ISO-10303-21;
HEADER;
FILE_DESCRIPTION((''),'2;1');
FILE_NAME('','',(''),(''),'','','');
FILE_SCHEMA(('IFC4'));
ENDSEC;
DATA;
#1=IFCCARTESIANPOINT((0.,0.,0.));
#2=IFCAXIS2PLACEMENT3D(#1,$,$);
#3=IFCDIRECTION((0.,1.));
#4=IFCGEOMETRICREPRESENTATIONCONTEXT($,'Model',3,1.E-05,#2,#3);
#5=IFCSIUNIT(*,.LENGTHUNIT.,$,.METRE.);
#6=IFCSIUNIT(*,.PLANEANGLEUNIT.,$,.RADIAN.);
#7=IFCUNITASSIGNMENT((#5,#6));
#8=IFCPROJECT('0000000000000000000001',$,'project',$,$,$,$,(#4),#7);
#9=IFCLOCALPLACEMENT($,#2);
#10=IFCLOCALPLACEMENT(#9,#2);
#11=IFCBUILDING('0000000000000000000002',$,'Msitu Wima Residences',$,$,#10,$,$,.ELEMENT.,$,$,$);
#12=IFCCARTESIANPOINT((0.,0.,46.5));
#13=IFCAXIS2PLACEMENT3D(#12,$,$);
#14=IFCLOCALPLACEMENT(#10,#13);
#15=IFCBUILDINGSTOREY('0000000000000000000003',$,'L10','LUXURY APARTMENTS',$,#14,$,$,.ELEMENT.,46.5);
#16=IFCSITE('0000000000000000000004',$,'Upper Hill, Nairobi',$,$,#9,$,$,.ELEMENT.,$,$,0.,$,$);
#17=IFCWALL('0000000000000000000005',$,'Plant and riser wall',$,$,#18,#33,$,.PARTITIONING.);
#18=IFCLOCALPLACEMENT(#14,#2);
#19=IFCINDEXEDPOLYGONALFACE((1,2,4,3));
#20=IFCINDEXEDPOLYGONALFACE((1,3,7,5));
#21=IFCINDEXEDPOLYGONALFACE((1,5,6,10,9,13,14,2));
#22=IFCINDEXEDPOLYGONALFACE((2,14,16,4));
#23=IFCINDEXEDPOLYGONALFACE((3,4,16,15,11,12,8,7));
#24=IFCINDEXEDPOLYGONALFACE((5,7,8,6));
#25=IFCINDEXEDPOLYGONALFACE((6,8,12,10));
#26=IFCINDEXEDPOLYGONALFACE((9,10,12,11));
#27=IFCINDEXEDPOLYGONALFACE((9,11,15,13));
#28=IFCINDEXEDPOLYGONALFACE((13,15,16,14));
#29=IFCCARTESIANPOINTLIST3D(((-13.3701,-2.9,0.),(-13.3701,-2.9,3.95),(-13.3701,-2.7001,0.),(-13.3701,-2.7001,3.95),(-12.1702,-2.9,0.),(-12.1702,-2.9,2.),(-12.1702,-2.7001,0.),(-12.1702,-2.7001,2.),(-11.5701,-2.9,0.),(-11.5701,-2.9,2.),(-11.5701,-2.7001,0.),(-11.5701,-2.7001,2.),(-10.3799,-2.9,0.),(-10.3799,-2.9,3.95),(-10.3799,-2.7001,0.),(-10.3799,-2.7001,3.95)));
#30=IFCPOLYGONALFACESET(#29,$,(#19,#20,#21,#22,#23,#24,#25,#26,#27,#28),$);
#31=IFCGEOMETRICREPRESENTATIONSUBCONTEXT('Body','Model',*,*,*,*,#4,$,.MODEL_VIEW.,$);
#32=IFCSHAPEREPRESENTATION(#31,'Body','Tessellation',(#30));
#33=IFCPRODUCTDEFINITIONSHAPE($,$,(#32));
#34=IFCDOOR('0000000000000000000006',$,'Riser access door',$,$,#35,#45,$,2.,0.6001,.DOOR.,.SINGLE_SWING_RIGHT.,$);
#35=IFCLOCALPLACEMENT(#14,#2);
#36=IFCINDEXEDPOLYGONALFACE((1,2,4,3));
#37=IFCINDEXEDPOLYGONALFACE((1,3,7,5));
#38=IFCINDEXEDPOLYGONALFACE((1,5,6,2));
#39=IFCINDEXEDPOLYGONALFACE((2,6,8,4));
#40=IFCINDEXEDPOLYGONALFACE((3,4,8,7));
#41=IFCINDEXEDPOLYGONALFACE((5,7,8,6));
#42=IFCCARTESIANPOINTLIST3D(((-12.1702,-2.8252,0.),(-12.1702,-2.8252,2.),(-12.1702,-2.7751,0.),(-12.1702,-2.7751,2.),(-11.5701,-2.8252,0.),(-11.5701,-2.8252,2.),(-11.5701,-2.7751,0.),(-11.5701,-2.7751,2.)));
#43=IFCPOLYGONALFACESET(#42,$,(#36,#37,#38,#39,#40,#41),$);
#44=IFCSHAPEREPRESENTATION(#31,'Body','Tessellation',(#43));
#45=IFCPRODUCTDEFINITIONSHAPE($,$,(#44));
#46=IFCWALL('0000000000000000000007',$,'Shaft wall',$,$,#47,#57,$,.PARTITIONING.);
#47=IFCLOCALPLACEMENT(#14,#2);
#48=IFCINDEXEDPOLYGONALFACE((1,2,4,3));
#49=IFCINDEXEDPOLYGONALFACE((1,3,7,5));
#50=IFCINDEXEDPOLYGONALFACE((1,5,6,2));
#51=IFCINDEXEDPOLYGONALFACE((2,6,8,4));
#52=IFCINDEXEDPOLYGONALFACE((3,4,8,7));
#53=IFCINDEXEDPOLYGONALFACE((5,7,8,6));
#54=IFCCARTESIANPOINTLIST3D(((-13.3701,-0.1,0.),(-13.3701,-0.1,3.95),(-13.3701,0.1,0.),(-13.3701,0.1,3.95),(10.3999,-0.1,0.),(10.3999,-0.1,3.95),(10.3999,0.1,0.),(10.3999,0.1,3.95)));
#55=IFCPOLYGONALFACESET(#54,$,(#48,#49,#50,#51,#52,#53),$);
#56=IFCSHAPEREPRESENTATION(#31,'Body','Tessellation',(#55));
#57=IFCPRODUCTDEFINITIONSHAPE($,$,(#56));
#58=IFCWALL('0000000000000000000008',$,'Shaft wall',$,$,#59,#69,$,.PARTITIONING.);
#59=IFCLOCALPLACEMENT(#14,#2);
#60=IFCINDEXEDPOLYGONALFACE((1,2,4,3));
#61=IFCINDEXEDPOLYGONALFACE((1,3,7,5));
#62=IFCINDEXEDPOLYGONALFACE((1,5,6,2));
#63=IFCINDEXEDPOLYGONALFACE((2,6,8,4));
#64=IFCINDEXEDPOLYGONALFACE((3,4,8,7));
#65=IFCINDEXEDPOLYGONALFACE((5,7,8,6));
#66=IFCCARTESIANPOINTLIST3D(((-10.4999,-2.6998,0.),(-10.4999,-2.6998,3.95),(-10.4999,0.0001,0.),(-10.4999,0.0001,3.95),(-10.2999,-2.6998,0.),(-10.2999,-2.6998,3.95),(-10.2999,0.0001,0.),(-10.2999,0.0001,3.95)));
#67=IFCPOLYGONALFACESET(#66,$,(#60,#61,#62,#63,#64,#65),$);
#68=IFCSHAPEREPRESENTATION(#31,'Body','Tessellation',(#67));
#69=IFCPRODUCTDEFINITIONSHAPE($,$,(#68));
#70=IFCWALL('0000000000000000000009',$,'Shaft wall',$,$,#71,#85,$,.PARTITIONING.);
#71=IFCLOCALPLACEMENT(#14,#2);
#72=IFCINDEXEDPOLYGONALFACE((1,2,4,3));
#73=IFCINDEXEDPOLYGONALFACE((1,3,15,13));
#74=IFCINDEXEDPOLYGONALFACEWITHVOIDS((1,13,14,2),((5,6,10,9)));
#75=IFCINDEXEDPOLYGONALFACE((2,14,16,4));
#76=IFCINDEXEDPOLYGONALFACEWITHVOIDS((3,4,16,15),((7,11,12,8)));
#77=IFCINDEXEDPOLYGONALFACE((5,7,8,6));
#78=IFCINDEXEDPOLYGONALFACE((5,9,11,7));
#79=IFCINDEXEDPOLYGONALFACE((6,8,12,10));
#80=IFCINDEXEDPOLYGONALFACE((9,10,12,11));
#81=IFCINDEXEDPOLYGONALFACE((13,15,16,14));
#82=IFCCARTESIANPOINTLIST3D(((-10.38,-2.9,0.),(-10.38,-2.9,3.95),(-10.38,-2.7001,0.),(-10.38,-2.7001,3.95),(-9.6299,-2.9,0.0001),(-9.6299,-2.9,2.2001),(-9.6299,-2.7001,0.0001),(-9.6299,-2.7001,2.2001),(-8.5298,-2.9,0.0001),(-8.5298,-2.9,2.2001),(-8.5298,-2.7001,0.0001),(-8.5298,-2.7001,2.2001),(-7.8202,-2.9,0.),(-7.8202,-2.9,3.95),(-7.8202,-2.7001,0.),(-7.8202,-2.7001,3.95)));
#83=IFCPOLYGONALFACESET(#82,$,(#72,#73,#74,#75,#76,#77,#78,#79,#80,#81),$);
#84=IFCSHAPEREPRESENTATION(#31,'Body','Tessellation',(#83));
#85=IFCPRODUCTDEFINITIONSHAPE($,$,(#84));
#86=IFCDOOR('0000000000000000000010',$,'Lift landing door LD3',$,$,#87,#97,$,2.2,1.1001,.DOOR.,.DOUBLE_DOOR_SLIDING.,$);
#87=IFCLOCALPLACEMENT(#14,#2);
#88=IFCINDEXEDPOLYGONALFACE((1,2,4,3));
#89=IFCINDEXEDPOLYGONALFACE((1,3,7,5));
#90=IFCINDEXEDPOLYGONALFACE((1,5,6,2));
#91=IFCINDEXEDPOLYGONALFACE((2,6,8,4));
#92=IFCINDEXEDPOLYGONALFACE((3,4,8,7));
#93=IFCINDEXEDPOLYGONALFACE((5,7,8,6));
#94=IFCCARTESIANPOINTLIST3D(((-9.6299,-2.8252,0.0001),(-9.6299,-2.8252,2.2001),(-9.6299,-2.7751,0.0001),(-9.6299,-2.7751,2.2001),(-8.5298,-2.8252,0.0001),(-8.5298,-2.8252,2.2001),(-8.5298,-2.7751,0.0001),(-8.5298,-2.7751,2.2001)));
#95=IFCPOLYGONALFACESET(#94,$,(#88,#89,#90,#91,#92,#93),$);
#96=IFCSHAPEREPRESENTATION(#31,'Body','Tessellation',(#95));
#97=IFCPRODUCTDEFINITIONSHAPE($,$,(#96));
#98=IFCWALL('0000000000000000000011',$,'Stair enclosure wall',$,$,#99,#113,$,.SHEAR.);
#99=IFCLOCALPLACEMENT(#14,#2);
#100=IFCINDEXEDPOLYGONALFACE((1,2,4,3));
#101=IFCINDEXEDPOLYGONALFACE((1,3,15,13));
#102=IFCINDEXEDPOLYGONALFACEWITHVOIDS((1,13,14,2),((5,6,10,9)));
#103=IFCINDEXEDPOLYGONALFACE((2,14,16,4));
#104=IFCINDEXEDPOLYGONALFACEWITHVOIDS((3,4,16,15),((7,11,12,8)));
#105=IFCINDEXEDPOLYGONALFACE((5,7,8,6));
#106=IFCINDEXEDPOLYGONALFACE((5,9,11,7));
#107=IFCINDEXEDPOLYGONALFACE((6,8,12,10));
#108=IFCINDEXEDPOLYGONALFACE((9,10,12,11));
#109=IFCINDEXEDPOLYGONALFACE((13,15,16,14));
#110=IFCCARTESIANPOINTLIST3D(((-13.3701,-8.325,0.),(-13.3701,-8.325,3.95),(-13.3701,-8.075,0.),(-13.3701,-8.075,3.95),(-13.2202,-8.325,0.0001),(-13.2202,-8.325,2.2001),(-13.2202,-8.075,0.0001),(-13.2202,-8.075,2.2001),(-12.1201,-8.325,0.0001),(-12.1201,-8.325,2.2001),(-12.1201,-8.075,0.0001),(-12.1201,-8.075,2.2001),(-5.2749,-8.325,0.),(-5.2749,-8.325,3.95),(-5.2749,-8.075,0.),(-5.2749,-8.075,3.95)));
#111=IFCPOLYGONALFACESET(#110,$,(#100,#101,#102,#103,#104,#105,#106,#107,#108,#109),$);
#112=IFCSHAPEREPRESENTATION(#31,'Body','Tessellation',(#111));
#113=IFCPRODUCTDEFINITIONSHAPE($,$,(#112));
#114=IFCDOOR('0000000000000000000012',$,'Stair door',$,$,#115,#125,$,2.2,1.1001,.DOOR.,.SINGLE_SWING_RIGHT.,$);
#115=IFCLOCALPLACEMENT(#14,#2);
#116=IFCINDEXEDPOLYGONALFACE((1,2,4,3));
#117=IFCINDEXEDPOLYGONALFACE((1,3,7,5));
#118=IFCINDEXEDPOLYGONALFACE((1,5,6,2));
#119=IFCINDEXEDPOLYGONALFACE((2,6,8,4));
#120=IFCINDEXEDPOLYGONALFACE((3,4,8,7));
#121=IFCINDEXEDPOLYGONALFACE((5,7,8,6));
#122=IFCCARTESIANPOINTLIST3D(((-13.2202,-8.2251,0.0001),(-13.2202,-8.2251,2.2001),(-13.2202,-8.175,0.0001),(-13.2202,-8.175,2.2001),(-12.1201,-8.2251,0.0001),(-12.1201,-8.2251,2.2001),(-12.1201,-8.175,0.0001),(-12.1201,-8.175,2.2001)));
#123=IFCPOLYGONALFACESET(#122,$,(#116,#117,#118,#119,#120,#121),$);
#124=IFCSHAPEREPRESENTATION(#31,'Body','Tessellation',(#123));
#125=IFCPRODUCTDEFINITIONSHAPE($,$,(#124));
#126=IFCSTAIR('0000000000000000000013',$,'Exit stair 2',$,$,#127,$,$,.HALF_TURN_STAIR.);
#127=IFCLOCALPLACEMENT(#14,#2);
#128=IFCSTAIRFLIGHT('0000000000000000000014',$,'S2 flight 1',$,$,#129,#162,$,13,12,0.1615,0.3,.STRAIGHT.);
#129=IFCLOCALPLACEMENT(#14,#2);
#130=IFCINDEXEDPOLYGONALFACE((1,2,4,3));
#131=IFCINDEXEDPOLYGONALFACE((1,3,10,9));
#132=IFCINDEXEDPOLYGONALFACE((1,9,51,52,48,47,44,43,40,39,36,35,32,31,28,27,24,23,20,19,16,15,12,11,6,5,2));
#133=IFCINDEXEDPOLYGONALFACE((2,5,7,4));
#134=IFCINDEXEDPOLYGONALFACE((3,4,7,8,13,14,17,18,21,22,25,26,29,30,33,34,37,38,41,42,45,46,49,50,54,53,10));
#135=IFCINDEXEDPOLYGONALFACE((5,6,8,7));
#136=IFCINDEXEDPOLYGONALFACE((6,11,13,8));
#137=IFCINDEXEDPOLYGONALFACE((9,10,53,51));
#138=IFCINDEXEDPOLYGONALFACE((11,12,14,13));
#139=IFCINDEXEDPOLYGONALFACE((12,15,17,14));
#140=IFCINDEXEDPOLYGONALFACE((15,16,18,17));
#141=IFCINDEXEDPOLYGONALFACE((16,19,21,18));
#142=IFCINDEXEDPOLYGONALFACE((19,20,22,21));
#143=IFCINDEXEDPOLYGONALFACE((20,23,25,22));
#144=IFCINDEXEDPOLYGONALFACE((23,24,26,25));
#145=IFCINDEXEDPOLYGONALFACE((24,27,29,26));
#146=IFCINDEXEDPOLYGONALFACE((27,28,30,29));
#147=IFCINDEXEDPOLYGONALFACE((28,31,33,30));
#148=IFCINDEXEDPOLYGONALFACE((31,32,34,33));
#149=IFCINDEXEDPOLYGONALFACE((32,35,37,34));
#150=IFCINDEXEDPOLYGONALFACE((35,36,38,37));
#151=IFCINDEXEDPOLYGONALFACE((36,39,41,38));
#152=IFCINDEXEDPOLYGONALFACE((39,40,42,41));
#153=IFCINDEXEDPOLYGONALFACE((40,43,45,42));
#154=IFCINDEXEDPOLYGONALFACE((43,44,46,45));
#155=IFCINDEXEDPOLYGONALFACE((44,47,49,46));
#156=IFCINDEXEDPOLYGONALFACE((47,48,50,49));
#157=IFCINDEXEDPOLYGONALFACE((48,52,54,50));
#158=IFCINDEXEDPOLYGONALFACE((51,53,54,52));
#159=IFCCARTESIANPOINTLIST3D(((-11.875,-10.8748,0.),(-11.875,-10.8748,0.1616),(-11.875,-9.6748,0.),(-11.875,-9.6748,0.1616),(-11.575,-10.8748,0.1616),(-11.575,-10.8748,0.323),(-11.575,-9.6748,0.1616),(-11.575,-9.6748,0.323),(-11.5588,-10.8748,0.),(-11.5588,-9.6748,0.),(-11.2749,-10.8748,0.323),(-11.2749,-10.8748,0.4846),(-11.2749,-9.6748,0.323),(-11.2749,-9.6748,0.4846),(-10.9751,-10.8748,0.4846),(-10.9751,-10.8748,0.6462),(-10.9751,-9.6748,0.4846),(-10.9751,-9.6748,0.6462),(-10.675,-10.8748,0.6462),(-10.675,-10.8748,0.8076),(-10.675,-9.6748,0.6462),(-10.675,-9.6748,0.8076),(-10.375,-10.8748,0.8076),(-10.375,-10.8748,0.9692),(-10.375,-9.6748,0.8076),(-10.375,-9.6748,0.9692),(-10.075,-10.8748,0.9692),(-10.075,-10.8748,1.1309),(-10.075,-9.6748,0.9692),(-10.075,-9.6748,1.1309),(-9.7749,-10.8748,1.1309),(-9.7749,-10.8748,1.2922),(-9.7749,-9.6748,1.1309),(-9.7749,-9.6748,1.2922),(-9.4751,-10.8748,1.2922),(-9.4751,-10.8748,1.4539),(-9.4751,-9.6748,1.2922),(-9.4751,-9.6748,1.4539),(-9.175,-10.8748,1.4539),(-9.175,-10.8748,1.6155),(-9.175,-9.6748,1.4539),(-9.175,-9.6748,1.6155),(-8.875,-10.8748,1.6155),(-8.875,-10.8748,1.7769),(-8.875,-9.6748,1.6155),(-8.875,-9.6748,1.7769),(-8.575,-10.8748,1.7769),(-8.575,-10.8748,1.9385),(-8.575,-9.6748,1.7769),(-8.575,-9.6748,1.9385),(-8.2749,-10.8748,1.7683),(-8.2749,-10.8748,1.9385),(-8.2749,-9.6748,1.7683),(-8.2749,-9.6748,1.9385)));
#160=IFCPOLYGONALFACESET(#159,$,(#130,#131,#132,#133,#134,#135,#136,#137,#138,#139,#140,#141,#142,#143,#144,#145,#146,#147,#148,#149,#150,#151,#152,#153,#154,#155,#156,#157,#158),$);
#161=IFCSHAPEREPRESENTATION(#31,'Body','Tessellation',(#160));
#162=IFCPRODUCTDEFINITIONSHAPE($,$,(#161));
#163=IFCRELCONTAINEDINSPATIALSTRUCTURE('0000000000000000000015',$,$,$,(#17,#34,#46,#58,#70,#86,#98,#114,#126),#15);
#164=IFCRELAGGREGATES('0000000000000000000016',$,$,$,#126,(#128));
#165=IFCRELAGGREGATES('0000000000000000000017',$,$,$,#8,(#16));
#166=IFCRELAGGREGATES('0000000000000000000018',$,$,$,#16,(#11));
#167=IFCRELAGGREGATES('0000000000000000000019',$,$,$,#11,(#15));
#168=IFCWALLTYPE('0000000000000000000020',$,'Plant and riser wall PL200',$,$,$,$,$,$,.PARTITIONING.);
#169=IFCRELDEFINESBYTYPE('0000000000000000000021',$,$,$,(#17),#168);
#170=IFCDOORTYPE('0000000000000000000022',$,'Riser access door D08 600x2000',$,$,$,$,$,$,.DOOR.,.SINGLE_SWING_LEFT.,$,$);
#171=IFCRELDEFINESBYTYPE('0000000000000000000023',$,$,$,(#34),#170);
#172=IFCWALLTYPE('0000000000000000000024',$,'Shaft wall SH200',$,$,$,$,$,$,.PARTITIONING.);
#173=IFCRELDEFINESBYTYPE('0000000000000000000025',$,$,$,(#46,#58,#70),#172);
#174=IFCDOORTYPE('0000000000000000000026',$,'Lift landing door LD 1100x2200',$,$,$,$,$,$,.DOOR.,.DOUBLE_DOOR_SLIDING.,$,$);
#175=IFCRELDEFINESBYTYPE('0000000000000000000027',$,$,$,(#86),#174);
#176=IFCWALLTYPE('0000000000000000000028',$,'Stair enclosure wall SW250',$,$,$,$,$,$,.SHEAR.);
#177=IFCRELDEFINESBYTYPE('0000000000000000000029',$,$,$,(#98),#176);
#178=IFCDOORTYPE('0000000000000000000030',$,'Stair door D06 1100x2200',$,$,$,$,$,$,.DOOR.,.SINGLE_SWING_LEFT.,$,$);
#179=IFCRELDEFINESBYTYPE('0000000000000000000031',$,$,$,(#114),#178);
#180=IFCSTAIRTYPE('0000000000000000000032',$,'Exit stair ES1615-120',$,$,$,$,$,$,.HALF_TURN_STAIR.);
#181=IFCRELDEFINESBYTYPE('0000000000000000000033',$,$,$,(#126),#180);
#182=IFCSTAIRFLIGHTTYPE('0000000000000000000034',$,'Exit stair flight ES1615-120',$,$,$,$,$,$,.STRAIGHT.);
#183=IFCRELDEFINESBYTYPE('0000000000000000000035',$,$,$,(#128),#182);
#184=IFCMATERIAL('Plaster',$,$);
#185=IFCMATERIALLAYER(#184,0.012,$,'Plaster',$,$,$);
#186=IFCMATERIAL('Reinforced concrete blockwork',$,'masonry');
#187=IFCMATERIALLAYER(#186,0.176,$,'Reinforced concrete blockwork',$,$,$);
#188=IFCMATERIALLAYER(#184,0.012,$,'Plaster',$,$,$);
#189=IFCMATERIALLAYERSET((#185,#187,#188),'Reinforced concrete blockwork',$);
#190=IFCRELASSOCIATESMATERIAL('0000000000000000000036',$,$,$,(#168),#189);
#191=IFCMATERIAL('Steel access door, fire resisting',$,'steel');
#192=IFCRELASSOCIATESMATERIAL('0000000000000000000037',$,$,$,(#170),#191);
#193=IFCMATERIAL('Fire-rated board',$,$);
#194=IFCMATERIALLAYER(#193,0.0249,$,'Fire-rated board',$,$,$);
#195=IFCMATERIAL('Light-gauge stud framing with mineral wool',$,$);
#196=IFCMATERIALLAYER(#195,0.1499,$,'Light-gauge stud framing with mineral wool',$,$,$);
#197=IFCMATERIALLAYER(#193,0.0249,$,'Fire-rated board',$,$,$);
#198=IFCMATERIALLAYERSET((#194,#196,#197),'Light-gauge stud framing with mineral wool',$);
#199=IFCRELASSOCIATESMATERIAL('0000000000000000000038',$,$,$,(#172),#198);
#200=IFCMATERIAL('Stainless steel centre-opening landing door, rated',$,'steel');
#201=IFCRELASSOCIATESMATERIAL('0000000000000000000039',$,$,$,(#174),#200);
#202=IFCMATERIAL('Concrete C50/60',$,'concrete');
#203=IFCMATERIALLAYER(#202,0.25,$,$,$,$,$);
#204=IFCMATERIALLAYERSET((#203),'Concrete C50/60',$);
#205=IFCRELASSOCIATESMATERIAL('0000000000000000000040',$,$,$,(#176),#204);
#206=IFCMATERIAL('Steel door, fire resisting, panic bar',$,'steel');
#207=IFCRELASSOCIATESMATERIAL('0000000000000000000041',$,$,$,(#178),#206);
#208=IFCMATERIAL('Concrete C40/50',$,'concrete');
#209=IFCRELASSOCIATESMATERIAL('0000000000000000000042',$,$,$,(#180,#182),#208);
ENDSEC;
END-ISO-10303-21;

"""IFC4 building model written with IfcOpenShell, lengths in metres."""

from ifc_helpers import new_model, si_unit, direction, frame, frame_2d, origin, place, context, subcontext, project, spatial, polyline, rectangle, outline, extrude, material, layer, layer_set, type_object, element, fill, aggregate, save


model = new_model("IFC4")

# Units and contexts
model_context = context("Model", 3, precision=1e-05, world=origin(), true_north=direction((0.0, 1.0)))
body_context = subcontext(model_context, "Body", "Model", "MODEL_VIEW")
ifc_project = project(units=[si_unit("LENGTHUNIT", "METRE"), si_unit("PLANEANGLEUNIT", "RADIAN")], contexts=[model_context])

# Site, building, storey
site_placement = place(None, origin())
site = spatial("IfcSite", under=ifc_project, at=site_placement, Name="Upper Hill, Nairobi", CompositionType="ELEMENT", RefElevation=0.0)
building_placement = place(site_placement, origin())
building = spatial("IfcBuilding", under=site, at=building_placement, Name="Msitu Wima Residences", CompositionType="ELEMENT")
storey_placement = place(building_placement, frame((0.0, 0.0, 46.5)))
storey = spatial("IfcBuildingStorey", under=building, at=storey_placement, Name="L10", Description="LUXURY APARTMENTS", CompositionType="ELEMENT", Elevation=46.5)

# Wall, opening, door
ifc_material_1 = material(Name="Plaster")
ifc_layer_1 = layer(ifc_material_1, 0.012, Name="Plaster")
ifc_material_2 = material(Name="Reinforced concrete blockwork", Category="masonry")
ifc_layer_2 = layer(ifc_material_2, 0.176, Name="Reinforced concrete blockwork")
ifc_layer_3 = layer(ifc_material_1, 0.012, Name="Plaster")
ifc_layer_set_1 = layer_set([ifc_layer_1, ifc_layer_2, ifc_layer_3], Name="Reinforced concrete blockwork")
wall_type_1 = type_object("IfcWallType", Name="Plant and riser wall PL200", PredefinedType="PARTITIONING", material=ifc_layer_set_1)
wall_1_placement = place(storey_placement, frame((-13.3701, -2.8, 0.0), z_axis=(0.0, 0.0, 1.0), x_axis=(1.0, 0.0, 0.0)))
wall_1 = element("IfcWall", 1, at=wall_1_placement, inside=storey, type_object=wall_type_1, Name="Plant and riser wall", PredefinedType="PARTITIONING", context=body_context, shape_type="SweptSolid", body=[
    extrude(rectangle(XDim=2.9902, YDim=0.2, at=frame_2d((1.4951, 0.0))), origin(), (0.0, 0.0, 1.0), 3.95),
])
opening_1_placement = place(wall_1_placement, frame((1.2, 0.0, 0.0)))
opening_1 = element("IfcOpeningElement", 2, at=opening_1_placement, cuts=wall_1, PredefinedType="OPENING", context=body_context, shape_type="SweptSolid", body=[
    extrude(rectangle(XDim=0.6001, YDim=2.0, at=frame_2d((0.3, 1.0))), frame((0.0, 0.1099, 0.0), z_axis=(0.0, -1.0, 0.0), x_axis=(1.0, 0.0, 0.0)), (0.0, 0.0, 1.0), 0.22),
])
ifc_material_3 = material(Name="Steel access door, fire resisting", Category="steel")
door_type_1 = type_object("IfcDoorType", Name="Riser access door D08 600x2000", OperationType="SINGLE_SWING_LEFT", PredefinedType="DOOR", material=ifc_material_3)
door_1_placement = place(opening_1_placement, origin())
door_1 = element("IfcDoor", 3, at=door_1_placement, inside=storey, type_object=door_type_1, Name="Riser access door", OperationType="SINGLE_SWING_RIGHT", OverallHeight=2.0, OverallWidth=0.6001, PredefinedType="DOOR", context=body_context, shape_type="SweptSolid", body=[
    extrude(rectangle(XDim=0.6001, YDim=2.0, at=frame_2d((0.3, 1.0))), frame((0.0, 0.0249, 0.0), z_axis=(0.0, -1.0, 0.0), x_axis=(1.0, 0.0, 0.0)), (0.0, 0.0, 1.0), 0.05),
])
fill(opening_1, door_1)

# Walls
ifc_material_4 = material(Name="Fire-rated board")
ifc_layer_4 = layer(ifc_material_4, 0.0249, Name="Fire-rated board")
ifc_material_5 = material(Name="Light-gauge stud framing with mineral wool")
ifc_layer_5 = layer(ifc_material_5, 0.1499, Name="Light-gauge stud framing with mineral wool")
ifc_layer_6 = layer(ifc_material_4, 0.0249, Name="Fire-rated board")
ifc_layer_set_2 = layer_set([ifc_layer_4, ifc_layer_5, ifc_layer_6], Name="Light-gauge stud framing with mineral wool")
wall_type_2 = type_object("IfcWallType", Name="Shaft wall SH200", PredefinedType="PARTITIONING", material=ifc_layer_set_2)
wall_2_placement = place(storey_placement, frame((-13.3701, 0.0, 0.0), z_axis=(0.0, 0.0, 1.0), x_axis=(1.0, 0.0, 0.0)))
element("IfcWall", 4, at=wall_2_placement, inside=storey, type_object=wall_type_2, Name="Shaft wall", PredefinedType="PARTITIONING", context=body_context, shape_type="SweptSolid", body=[
    extrude(rectangle(XDim=23.77, YDim=0.2, at=frame_2d((11.885, 0.0))), origin(), (0.0, 0.0, 1.0), 3.95),
])
wall_3_placement = place(storey_placement, frame((-10.3999, -2.7, 0.0), z_axis=(0.0, 0.0, 1.0), x_axis=(0.0, 1.0, 0.0)))
element("IfcWall", 5, at=wall_3_placement, inside=storey, type_object=wall_type_2, Name="Shaft wall", PredefinedType="PARTITIONING", context=body_context, shape_type="SweptSolid", body=[
    extrude(rectangle(XDim=2.7, YDim=0.2, at=frame_2d((1.3501, 0.0))), origin(), (0.0, 0.0, 1.0), 3.95),
])

# Walls, openings, doors
wall_4_placement = place(storey_placement, frame((-10.3799, -2.8, 0.0), z_axis=(0.0, 0.0, 1.0), x_axis=(1.0, 0.0, 0.0)))
wall_4 = element("IfcWall", 6, at=wall_4_placement, inside=storey, type_object=wall_type_2, Name="Shaft wall", PredefinedType="PARTITIONING", context=body_context, shape_type="SweptSolid", body=[
    extrude(rectangle(XDim=2.5598, YDim=0.2, at=frame_2d((1.2798, 0.0))), origin(), (0.0, 0.0, 1.0), 3.95),
])
opening_2_placement = place(wall_4_placement, frame((0.75, 0.0, 0.0)))
opening_2 = element("IfcOpeningElement", 7, at=opening_2_placement, cuts=wall_4, PredefinedType="OPENING", context=body_context, shape_type="SweptSolid", body=[
    extrude(rectangle(XDim=1.1001, YDim=2.2, at=frame_2d((0.55, 1.1001))), frame((0.0, 0.1099, 0.0), z_axis=(0.0, -1.0, 0.0), x_axis=(1.0, 0.0, 0.0)), (0.0, 0.0, 1.0), 0.22),
])
ifc_material_6 = material(Name="Stainless steel centre-opening landing door, rated", Category="steel")
door_type_2 = type_object("IfcDoorType", Name="Lift landing door LD 1100x2200", OperationType="DOUBLE_DOOR_SLIDING", PredefinedType="DOOR", material=ifc_material_6)
door_2_placement = place(opening_2_placement, origin())
door_2 = element("IfcDoor", 8, at=door_2_placement, inside=storey, type_object=door_type_2, Name="Lift landing door LD3", OperationType="DOUBLE_DOOR_SLIDING", OverallHeight=2.2, OverallWidth=1.1001, PredefinedType="DOOR", context=body_context, shape_type="SweptSolid", body=[
    extrude(rectangle(XDim=1.1001, YDim=2.2, at=frame_2d((0.55, 1.1001))), frame((0.0, 0.0249, 0.0), z_axis=(0.0, -1.0, 0.0), x_axis=(1.0, 0.0, 0.0)), (0.0, 0.0, 1.0), 0.05),
])
fill(opening_2, door_2)
ifc_material_7 = material(Name="Concrete C50/60", Category="concrete")
ifc_layer_7 = layer(ifc_material_7, 0.25)
ifc_layer_set_3 = layer_set([ifc_layer_7], Name="Concrete C50/60")
wall_type_3 = type_object("IfcWallType", Name="Stair enclosure wall SW250", PredefinedType="SHEAR", material=ifc_layer_set_3)
wall_5_placement = place(storey_placement, frame((-13.3701, -8.2, 0.0), z_axis=(0.0, 0.0, 1.0), x_axis=(1.0, 0.0, 0.0)))
wall_5 = element("IfcWall", 9, at=wall_5_placement, inside=storey, type_object=wall_type_3, Name="Stair enclosure wall", PredefinedType="SHEAR", context=body_context, shape_type="SweptSolid", body=[
    extrude(rectangle(XDim=8.0952, YDim=0.25, at=frame_2d((4.0476, 0.0))), origin(), (0.0, 0.0, 1.0), 3.95),
])
opening_3_placement = place(wall_5_placement, frame((0.1499, 0.0, 0.0)))
opening_3 = element("IfcOpeningElement", 10, at=opening_3_placement, cuts=wall_5, PredefinedType="OPENING", context=body_context, shape_type="SweptSolid", body=[
    extrude(rectangle(XDim=1.1001, YDim=2.2, at=frame_2d((0.55, 1.1001))), frame((0.0, 0.135, 0.0), z_axis=(0.0, -1.0, 0.0), x_axis=(1.0, 0.0, 0.0)), (0.0, 0.0, 1.0), 0.27),
])
ifc_material_8 = material(Name="Steel door, fire resisting, panic bar", Category="steel")
door_type_3 = type_object("IfcDoorType", Name="Stair door D06 1100x2200", OperationType="SINGLE_SWING_LEFT", PredefinedType="DOOR", material=ifc_material_8)
door_3_placement = place(opening_3_placement, origin())
door_3 = element("IfcDoor", 11, at=door_3_placement, inside=storey, type_object=door_type_3, Name="Stair door", OperationType="SINGLE_SWING_RIGHT", OverallHeight=2.2, OverallWidth=1.1001, PredefinedType="DOOR", context=body_context, shape_type="SweptSolid", body=[
    extrude(rectangle(XDim=1.1001, YDim=2.2, at=frame_2d((0.55, 1.1001))), frame((0.0, 0.0249, 0.0), z_axis=(0.0, -1.0, 0.0), x_axis=(1.0, 0.0, 0.0)), (0.0, 0.0, 1.0), 0.05),
])
fill(opening_3, door_3)

# Stair, stair flight
ifc_material_9 = material(Name="Concrete C40/50", Category="concrete")
stair_type = type_object("IfcStairType", Name="Exit stair ES1615-120", PredefinedType="HALF_TURN_STAIR", material=ifc_material_9)
stair_placement = place(storey_placement, origin())
stair = element("IfcStair", 12, at=stair_placement, inside=storey, type_object=stair_type, Name="Exit stair 2", PredefinedType="HALF_TURN_STAIR")
stair_flight_type = type_object("IfcStairFlightType", Name="Exit stair flight ES1615-120", PredefinedType="STRAIGHT", material=ifc_material_9)
stair_flight_1_placement = place(storey_placement, frame((-11.875, -10.2749, 0.0), z_axis=(0.0, 0.0, 1.0), x_axis=(1.0, 0.0, 0.0)))
stair_flight_1 = element("IfcStairFlight", 13, at=stair_flight_1_placement, type_object=stair_flight_type, Name="S2 flight 1", NumberOfRisers=13, NumberOfTreads=12, PredefinedType="STRAIGHT", RiserHeight=0.1615, TreadLength=0.3, context=body_context, shape_type="SweptSolid", body=[
    extrude(outline(polyline([(0.0, 0.0), (0.0, 0.1616), (0.3, 0.1616), (0.3, 0.323), (0.6001, 0.323), (0.6001, 0.4846), (0.8999, 0.4846), (0.8999, 0.6462), (1.2, 0.6462), (1.2, 0.8076), (1.5, 0.8076), (1.5, 0.9692), (1.8, 0.9692), (1.8, 1.1309), (2.1001, 1.1309), (2.1001, 1.2922), (2.3999, 1.2922), (2.3999, 1.4539), (2.7, 1.4539), (2.7, 1.6155), (3.0, 1.6155), (3.0, 1.7769), (3.3, 1.7769), (3.3, 1.9385), (3.6001, 1.9385), (3.6001, 2.1001), (3.6001, 1.7683), (0.3162, 0.0), (0.0, 0.0)])), frame((0.0, 0.6001, 0.0), z_axis=(0.0, -1.0, 0.0), x_axis=(1.0, 0.0, 0.0)), (0.0, 0.0, 1.0), 1.2),
])
aggregate(stair, [stair_flight_1])

save(model, "model.ifc")
